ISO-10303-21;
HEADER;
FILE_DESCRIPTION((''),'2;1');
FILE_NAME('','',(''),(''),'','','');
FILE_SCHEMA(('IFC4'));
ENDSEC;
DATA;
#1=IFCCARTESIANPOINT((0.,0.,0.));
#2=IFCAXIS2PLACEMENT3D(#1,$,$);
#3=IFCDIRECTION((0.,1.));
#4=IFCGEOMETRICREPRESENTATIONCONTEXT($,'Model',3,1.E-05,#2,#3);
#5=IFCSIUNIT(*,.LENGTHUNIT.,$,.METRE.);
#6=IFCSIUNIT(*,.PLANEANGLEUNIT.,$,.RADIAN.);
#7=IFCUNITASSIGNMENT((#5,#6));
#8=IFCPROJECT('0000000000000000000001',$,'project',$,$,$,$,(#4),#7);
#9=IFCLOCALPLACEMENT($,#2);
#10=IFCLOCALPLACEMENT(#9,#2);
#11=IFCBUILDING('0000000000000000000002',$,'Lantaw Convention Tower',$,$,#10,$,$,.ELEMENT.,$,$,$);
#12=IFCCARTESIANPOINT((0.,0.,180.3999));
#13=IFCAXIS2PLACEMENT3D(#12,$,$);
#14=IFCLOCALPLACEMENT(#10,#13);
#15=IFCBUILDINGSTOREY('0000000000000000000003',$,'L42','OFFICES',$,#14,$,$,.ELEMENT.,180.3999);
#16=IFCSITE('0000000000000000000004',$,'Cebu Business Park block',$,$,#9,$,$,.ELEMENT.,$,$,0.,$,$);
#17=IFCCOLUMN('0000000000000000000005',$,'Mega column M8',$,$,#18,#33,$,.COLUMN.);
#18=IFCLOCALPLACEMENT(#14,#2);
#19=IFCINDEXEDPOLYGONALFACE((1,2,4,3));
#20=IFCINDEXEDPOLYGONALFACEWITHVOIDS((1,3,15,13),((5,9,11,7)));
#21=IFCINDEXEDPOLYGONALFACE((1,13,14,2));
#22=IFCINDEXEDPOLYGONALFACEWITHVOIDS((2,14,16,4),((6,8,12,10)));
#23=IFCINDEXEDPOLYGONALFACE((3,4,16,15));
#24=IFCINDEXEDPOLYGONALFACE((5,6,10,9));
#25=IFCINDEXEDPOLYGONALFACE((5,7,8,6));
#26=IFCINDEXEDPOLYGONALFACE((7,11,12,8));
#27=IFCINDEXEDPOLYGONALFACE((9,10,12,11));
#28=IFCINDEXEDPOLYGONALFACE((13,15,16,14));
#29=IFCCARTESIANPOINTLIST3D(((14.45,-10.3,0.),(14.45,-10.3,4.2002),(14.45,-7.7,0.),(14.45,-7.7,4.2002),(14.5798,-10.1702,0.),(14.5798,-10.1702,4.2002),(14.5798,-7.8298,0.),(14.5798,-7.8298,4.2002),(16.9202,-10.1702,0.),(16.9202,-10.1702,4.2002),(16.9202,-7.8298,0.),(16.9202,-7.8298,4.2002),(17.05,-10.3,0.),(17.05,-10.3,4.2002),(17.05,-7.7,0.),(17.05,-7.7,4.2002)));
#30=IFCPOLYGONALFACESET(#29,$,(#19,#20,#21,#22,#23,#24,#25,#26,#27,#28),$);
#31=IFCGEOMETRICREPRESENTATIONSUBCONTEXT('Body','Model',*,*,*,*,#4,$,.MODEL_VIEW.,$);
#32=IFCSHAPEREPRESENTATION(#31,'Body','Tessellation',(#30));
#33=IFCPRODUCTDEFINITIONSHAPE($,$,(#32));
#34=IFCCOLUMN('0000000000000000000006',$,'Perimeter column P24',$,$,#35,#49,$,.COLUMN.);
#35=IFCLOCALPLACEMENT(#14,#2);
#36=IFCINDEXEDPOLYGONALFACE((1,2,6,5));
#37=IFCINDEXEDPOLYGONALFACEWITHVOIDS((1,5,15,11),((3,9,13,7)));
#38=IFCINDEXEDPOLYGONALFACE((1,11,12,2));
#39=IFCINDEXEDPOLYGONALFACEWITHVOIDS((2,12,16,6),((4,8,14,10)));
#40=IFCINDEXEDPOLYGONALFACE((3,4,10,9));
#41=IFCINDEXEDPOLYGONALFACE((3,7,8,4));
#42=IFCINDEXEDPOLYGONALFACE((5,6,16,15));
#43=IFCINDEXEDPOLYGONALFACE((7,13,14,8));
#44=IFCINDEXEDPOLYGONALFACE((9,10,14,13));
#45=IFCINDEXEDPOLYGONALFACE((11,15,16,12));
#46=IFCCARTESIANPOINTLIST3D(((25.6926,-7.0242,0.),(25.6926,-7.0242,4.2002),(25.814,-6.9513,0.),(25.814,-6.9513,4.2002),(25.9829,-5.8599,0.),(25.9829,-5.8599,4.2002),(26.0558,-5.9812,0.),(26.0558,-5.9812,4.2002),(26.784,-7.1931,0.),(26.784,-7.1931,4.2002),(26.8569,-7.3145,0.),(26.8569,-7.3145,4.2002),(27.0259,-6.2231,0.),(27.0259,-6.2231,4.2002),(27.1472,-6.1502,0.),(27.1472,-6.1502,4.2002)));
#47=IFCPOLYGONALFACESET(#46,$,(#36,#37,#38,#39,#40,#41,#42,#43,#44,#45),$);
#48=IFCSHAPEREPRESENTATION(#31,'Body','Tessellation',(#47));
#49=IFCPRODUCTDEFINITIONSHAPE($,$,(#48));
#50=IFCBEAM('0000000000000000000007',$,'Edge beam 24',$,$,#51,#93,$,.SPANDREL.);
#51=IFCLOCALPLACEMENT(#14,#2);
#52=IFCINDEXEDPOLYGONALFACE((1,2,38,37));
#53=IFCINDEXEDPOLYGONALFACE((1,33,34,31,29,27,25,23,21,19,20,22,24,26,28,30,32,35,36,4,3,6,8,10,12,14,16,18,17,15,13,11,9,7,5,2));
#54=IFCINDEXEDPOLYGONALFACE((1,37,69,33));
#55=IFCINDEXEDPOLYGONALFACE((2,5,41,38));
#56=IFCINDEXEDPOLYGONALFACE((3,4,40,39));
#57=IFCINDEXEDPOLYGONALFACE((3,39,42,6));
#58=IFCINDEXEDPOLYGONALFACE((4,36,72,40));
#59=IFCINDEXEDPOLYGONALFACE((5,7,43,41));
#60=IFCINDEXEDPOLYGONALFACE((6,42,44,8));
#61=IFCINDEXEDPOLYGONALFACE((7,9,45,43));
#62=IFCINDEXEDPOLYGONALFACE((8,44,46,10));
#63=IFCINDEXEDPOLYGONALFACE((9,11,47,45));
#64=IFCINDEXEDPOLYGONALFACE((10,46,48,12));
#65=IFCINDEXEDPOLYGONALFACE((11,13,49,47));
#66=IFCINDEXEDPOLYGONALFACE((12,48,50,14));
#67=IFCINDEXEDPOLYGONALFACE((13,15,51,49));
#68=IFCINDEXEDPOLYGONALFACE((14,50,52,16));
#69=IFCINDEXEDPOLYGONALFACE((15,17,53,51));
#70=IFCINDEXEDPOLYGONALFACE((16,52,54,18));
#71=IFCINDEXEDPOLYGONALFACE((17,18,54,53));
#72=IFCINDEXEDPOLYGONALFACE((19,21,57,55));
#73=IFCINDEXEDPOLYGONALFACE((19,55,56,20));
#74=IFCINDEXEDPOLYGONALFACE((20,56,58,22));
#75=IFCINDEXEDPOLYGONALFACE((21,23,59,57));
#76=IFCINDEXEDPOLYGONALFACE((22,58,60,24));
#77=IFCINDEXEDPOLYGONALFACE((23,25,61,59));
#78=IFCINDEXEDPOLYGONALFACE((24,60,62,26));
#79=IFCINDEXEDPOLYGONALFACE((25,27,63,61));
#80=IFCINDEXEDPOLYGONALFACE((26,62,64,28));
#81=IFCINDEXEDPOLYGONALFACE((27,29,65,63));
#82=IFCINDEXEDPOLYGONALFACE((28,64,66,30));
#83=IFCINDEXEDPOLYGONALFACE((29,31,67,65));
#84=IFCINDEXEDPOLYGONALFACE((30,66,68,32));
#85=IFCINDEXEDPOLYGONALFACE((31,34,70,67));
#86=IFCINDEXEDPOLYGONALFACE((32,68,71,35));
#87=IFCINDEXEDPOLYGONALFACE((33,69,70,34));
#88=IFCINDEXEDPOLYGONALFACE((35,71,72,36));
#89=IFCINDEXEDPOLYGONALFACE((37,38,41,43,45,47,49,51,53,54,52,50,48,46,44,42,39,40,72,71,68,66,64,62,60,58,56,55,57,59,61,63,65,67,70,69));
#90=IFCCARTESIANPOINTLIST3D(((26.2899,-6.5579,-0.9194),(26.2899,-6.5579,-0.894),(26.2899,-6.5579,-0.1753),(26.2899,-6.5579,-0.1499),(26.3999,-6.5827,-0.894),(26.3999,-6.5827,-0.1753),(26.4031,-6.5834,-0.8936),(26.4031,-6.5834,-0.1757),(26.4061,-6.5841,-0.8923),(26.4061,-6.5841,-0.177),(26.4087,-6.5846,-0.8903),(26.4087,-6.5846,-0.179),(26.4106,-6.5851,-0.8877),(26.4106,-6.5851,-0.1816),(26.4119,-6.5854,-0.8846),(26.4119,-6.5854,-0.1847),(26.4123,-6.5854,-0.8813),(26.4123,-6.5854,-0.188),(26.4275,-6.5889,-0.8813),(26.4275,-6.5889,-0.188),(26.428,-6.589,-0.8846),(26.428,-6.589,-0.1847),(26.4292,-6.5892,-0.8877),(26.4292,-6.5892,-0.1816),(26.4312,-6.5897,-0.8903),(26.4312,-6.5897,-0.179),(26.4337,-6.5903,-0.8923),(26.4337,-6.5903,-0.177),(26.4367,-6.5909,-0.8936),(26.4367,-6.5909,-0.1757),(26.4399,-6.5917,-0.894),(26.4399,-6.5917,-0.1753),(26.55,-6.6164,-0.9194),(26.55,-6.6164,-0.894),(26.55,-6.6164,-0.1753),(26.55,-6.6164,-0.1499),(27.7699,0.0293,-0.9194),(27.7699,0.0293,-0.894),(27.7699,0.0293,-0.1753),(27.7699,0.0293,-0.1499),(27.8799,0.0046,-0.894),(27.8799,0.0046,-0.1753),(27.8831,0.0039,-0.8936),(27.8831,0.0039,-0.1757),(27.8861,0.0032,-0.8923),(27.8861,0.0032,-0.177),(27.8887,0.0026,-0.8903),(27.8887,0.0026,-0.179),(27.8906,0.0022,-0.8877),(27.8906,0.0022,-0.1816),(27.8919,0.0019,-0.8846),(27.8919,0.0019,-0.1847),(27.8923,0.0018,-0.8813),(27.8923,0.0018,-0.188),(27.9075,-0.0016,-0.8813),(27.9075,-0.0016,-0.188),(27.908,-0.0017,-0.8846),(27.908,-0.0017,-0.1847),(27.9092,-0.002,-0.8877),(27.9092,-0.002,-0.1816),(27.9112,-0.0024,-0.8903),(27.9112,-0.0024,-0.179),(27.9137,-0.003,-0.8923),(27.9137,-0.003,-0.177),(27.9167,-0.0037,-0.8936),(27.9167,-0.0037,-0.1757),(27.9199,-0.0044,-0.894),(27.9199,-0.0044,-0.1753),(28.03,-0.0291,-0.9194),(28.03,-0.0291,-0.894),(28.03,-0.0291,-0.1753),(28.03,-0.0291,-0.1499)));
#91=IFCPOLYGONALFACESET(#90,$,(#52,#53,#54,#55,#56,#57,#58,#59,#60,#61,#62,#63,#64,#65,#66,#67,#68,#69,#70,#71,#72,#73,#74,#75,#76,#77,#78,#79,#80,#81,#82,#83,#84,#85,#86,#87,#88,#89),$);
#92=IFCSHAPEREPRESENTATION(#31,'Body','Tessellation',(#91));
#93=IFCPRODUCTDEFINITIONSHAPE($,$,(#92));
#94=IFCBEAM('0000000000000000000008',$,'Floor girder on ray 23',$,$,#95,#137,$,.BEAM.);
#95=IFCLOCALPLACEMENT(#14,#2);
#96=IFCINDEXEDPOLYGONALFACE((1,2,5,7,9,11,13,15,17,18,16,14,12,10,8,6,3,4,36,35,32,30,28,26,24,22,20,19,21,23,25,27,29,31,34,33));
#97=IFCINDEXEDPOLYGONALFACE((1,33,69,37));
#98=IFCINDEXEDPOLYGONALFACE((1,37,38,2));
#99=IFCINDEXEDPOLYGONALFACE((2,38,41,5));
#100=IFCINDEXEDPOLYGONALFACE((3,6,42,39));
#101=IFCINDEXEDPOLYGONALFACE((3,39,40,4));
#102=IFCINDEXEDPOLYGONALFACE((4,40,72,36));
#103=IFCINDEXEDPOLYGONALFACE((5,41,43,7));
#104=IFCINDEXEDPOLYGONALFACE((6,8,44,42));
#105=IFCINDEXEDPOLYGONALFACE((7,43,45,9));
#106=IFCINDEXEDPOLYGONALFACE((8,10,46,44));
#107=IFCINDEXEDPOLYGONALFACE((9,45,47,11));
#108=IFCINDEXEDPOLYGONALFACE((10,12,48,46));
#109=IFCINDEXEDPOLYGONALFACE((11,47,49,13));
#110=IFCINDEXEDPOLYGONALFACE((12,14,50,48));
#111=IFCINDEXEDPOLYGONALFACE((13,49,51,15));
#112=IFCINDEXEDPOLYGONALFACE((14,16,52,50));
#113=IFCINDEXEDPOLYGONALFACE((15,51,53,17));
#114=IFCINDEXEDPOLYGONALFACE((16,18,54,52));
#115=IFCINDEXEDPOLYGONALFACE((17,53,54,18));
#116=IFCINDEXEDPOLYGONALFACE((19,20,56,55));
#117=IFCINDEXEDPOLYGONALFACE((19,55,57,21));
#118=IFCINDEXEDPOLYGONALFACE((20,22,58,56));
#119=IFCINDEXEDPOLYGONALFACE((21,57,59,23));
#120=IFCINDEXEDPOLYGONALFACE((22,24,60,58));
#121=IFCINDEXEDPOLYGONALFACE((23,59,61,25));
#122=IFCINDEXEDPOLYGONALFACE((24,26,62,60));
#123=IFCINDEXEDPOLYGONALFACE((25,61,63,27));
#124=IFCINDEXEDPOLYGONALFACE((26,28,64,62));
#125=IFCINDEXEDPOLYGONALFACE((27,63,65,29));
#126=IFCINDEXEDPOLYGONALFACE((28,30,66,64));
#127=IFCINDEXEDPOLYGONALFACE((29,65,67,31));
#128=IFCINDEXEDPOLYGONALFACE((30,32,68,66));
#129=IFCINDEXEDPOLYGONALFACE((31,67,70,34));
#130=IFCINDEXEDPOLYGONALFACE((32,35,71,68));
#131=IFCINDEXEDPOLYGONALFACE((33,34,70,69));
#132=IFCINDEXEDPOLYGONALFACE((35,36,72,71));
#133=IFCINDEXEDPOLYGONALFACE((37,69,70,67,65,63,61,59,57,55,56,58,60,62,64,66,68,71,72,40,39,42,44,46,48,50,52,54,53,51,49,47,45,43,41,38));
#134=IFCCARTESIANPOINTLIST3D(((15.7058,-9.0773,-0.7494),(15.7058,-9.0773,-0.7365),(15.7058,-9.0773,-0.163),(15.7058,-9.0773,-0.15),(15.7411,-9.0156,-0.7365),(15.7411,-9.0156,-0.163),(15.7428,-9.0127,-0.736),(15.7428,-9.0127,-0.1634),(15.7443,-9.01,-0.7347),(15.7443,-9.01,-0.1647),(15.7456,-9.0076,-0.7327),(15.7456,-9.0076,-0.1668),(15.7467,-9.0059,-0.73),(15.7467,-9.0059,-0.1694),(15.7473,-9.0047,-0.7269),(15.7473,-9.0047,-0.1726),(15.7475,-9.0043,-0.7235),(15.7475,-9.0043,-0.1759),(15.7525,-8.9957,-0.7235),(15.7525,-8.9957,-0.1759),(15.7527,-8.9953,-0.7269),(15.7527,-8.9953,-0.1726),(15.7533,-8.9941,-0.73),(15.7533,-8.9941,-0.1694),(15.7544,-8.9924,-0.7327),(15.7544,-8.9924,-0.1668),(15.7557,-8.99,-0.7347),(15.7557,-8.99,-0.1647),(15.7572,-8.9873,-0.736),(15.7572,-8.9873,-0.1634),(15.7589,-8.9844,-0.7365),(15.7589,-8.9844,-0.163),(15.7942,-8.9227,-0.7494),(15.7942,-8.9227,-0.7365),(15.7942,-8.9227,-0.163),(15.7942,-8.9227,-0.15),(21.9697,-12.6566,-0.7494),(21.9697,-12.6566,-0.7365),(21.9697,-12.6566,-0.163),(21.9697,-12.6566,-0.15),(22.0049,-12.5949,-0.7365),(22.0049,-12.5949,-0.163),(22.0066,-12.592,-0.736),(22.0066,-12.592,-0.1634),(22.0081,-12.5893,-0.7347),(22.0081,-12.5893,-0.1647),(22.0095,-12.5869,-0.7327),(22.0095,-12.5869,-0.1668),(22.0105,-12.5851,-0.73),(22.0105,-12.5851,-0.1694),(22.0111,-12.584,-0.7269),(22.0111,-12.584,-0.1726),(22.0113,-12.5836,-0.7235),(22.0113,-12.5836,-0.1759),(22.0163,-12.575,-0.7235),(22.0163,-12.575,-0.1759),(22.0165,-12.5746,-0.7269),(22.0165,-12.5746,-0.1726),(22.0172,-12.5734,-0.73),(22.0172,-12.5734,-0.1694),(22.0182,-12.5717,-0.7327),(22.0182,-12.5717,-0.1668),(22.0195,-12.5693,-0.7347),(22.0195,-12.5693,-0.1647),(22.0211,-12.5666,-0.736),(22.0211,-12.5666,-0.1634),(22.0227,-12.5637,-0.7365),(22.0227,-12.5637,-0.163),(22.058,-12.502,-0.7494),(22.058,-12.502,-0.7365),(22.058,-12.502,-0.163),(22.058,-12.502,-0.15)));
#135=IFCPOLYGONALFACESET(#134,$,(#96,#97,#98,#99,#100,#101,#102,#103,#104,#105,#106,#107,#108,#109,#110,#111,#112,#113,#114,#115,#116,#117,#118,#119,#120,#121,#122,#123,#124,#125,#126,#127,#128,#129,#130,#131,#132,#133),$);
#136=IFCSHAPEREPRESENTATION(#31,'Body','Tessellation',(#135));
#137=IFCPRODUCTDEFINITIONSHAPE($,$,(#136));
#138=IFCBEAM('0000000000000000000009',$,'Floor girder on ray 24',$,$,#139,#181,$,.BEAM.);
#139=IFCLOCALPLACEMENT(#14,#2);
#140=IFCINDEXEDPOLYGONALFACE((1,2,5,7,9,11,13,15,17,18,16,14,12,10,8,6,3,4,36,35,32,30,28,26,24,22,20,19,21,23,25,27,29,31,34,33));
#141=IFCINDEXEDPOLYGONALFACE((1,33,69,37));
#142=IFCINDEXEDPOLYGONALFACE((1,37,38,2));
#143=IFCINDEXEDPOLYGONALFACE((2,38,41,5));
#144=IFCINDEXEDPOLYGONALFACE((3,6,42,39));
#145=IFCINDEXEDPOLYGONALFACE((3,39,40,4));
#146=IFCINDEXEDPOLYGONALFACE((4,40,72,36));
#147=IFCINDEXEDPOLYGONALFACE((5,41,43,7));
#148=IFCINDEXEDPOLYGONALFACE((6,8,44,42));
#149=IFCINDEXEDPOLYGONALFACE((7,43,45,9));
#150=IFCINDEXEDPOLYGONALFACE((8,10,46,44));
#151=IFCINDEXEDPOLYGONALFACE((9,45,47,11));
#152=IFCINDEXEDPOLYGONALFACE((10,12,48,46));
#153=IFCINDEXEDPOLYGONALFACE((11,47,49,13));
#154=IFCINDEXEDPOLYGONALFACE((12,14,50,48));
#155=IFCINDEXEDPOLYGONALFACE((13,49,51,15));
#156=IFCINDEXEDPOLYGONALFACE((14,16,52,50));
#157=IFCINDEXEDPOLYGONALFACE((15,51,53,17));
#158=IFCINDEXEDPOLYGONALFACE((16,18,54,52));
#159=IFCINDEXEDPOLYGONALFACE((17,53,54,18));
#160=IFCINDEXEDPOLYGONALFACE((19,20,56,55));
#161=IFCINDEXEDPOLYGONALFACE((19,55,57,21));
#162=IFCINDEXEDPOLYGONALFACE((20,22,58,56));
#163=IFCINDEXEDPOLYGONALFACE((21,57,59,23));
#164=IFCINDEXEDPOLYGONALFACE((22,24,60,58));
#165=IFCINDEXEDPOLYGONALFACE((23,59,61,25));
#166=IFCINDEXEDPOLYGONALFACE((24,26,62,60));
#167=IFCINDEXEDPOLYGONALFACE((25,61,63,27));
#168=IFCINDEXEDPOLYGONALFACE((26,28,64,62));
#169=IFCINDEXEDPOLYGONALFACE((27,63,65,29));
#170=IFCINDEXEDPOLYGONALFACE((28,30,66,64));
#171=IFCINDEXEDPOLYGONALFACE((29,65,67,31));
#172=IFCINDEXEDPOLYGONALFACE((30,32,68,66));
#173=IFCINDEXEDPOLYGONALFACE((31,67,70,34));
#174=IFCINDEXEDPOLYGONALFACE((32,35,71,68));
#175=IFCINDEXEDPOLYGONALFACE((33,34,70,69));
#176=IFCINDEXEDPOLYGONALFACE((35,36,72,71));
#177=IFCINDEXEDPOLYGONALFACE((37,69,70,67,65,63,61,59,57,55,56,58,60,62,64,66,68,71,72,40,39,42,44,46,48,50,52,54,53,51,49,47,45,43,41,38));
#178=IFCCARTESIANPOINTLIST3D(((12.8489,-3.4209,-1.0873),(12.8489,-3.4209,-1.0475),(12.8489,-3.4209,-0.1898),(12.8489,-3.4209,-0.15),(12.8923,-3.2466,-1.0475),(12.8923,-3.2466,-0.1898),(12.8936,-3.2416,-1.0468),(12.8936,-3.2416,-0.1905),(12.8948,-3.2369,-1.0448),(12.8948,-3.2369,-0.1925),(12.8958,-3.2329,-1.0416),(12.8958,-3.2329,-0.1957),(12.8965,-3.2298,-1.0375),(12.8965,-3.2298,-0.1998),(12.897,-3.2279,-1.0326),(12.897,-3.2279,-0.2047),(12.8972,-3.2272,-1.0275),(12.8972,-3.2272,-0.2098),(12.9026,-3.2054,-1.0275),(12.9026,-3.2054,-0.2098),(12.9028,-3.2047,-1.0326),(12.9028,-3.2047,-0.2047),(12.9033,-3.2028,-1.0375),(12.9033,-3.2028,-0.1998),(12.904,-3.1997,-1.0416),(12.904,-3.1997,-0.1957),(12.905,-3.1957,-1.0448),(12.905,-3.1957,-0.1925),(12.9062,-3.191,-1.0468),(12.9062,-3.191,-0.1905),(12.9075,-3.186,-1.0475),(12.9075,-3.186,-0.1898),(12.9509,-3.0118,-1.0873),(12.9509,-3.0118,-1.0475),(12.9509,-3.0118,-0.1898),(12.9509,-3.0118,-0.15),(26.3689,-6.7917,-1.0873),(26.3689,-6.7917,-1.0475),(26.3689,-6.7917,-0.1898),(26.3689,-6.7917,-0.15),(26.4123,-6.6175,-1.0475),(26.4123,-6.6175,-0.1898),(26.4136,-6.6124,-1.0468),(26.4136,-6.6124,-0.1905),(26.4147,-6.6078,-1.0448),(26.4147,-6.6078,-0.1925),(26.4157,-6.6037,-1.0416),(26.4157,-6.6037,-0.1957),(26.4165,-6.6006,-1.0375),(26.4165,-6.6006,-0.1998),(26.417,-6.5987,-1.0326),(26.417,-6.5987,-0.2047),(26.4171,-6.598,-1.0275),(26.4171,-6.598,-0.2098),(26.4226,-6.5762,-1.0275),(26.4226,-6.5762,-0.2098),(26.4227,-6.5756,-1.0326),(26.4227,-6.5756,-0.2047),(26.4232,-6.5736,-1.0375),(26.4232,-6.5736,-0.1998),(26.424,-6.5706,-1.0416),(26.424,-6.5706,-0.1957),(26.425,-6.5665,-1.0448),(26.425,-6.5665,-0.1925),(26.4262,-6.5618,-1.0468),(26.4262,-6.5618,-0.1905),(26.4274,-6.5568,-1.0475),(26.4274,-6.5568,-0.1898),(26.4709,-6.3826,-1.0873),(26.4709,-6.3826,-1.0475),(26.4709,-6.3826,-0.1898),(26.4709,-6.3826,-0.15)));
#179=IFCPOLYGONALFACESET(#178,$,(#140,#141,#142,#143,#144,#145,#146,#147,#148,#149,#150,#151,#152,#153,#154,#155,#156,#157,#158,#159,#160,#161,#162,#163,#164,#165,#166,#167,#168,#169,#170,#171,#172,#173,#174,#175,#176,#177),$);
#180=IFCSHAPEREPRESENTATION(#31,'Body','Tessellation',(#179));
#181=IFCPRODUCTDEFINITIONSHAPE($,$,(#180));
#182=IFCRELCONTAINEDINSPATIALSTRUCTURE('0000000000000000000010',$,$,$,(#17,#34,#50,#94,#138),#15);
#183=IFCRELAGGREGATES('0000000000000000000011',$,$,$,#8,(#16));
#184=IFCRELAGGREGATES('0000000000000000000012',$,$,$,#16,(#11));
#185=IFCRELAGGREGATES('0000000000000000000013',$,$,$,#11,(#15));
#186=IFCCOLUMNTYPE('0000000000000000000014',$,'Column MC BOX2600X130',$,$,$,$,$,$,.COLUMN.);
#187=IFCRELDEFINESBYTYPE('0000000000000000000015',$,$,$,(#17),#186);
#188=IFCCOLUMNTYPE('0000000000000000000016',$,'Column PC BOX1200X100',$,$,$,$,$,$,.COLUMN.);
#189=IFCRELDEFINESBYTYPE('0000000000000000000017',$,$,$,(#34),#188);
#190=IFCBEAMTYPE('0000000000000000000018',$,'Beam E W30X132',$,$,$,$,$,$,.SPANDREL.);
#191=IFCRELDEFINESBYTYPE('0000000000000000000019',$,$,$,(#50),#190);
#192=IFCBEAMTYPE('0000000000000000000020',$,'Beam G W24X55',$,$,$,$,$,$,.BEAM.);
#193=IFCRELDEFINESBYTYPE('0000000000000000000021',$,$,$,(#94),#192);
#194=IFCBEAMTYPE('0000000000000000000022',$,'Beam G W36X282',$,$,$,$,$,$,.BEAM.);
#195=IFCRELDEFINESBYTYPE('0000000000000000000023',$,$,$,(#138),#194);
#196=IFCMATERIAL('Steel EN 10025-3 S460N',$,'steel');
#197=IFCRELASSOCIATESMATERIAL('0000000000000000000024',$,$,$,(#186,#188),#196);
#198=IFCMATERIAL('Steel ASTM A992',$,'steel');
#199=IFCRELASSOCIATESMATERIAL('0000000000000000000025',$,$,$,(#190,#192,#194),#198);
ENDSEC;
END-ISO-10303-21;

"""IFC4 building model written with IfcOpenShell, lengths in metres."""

from ifc_helpers import new_model, si_unit, direction, frame, origin, origin_2d, place, context, subcontext, project, spatial, rectangle, hollow_rectangle, i_section, extrude, material, material_profile, profile_set, type_object, element, save


model = new_model("IFC4")

# Units and contexts
model_context = context("Model", 3, precision=1e-05, world=origin(), true_north=direction((0.0, 1.0)))
body_context = subcontext(model_context, "Body", "Model", "MODEL_VIEW")
ifc_project = project(units=[si_unit("LENGTHUNIT", "METRE"), si_unit("PLANEANGLEUNIT", "RADIAN")], contexts=[model_context])

# Site, building, storey
site_placement = place(None, origin())
site = spatial("IfcSite", under=ifc_project, at=site_placement, Name="Cebu Business Park block", CompositionType="ELEMENT", RefElevation=0.0)
building_placement = place(site_placement, origin())
building = spatial("IfcBuilding", under=site, at=building_placement, Name="Lantaw Convention Tower", CompositionType="ELEMENT")
storey_placement = place(building_placement, frame((0.0, 0.0, 180.3999)))
storey = spatial("IfcBuildingStorey", under=building, at=storey_placement, Name="L42", Description="OFFICES", CompositionType="ELEMENT", Elevation=180.3999)

# Columns
ifc_material_1 = material(Name="Steel EN 10025-3 S460N", Category="steel")
ifc_material_profile_1 = material_profile(ifc_material_1, hollow_rectangle(XDim=2.6001, YDim=2.6001, WallThickness=0.1299, at=origin_2d()), Name="BOX2600X130")
ifc_material_2 = material(Name="Concrete C60/75", Category="concrete")
ifc_material_profile_2 = material_profile(ifc_material_2, rectangle(XDim=2.3401, YDim=2.3401, at=origin_2d()), Name="Concrete fill of BOX2600X130")
ifc_profile_set_1 = profile_set([ifc_material_profile_1, ifc_material_profile_2], Name="Steel EN 10025-3 S460N")
column_type_1 = type_object("IfcColumnType", Name="Column MC BOX2600X130", PredefinedType="COLUMN", material=ifc_profile_set_1)
column_1_placement = place(storey_placement, frame((15.75, -9.0, 0.0), z_axis=(0.0, 0.0, 1.0), x_axis=(1.0, 0.0, 0.0)))
element("IfcColumn", 1, at=column_1_placement, inside=storey, type_object=column_type_1, Name="Mega column M8", PredefinedType="COLUMN", context=body_context, shape_type="SweptSolid", body=[
    extrude(hollow_rectangle(XDim=2.6001, YDim=2.6001, WallThickness=0.1299, at=origin_2d()), origin(), (0.0, 0.0, 1.0), 4.2002),
])
ifc_material_profile_3 = material_profile(ifc_material_1, hollow_rectangle(XDim=1.2, YDim=1.2, WallThickness=0.1001, at=origin_2d()), Name="BOX1200X100")
ifc_material_profile_4 = material_profile(ifc_material_2, rectangle(XDim=1.0, YDim=1.0, at=origin_2d()), Name="Concrete fill of BOX1200X100")
ifc_profile_set_2 = profile_set([ifc_material_profile_3, ifc_material_profile_4], Name="Steel EN 10025-3 S460N")
column_type_2 = type_object("IfcColumnType", Name="Column PC BOX1200X100", PredefinedType="COLUMN", material=ifc_profile_set_2)
column_2_placement = place(storey_placement, frame((26.4199, -6.5872, 0.0), z_axis=(0.0, 0.0, 1.0), x_axis=(0.241922, 0.970296, 0.0)))
element("IfcColumn", 2, at=column_2_placement, inside=storey, type_object=column_type_2, Name="Perimeter column P24", PredefinedType="COLUMN", context=body_context, shape_type="SweptSolid", body=[
    extrude(hollow_rectangle(XDim=1.2, YDim=1.2, WallThickness=0.1001, at=origin_2d()), origin(), (0.0, 0.0, 1.0), 4.2002),
])

# Beams
ifc_material_3 = material(Name="Steel ASTM A992", Category="steel")
ifc_material_profile_5 = material_profile(ifc_material_3, i_section(OverallWidth=0.2666, OverallDepth=0.7695, WebThickness=0.0156, FlangeThickness=0.0254, FilletRadius=0.0127, at=origin_2d()), Name="W30X132")
ifc_profile_set_3 = profile_set([ifc_material_profile_5], Name="Steel ASTM A992")
beam_type_1 = type_object("IfcBeamType", Name="Beam E W30X132", PredefinedType="SPANDREL", material=ifc_profile_set_3)
beam_1_placement = place(storey_placement, frame((26.4199, -6.5872, -0.5347), z_axis=(0.219212, 0.975677, 0.0), x_axis=(-0.975677, 0.219212, 0.0)))
element("IfcBeam", 3, at=beam_1_placement, inside=storey, type_object=beam_type_1, Name="Edge beam 24", PredefinedType="SPANDREL", context=body_context, shape_type="SweptSolid", body=[
    extrude(i_section(OverallWidth=0.2666, OverallDepth=0.7695, WebThickness=0.0156, FlangeThickness=0.0254, FilletRadius=0.0127, at=origin_2d()), origin(), (0.0, 0.0, 1.0), 6.7515),
])
ifc_material_profile_6 = material_profile(ifc_material_3, i_section(OverallWidth=0.178, OverallDepth=0.5994, WebThickness=0.01, FlangeThickness=0.0129, FilletRadius=0.0129, at=origin_2d()), Name="W24X55")
ifc_profile_set_4 = profile_set([ifc_material_profile_6], Name="Steel ASTM A992")
beam_type_2 = type_object("IfcBeamType", Name="Beam G W24X55", PredefinedType="BEAM", material=ifc_profile_set_4)
beam_2_placement = place(storey_placement, frame((15.75, -9.0, -0.4497), z_axis=(0.868245, -0.496135, 0.0), x_axis=(0.496135, 0.868245, 0.0)))
element("IfcBeam", 4, at=beam_2_placement, inside=storey, type_object=beam_type_2, Name="Floor girder on ray 23", PredefinedType="BEAM", context=body_context, shape_type="SweptSolid", body=[
    extrude(i_section(OverallWidth=0.178, OverallDepth=0.5994, WebThickness=0.01, FlangeThickness=0.0129, FilletRadius=0.0129, at=origin_2d()), origin(), (0.0, 0.0, 1.0), 7.2144),
])
ifc_material_profile_7 = material_profile(ifc_material_3, i_section(OverallWidth=0.4216, OverallDepth=0.9373, WebThickness=0.0225, FlangeThickness=0.0398, FilletRadius=0.02, at=origin_2d()), Name="W36X282")
ifc_profile_set_5 = profile_set([ifc_material_profile_7], Name="Steel ASTM A992")
beam_type_3 = type_object("IfcBeamType", Name="Beam G W36X282", PredefinedType="BEAM", material=ifc_profile_set_5)
beam_3_placement = place(storey_placement, frame((12.8999, -3.2163, -0.6187), z_axis=(0.970297, -0.241917, 0.0), x_axis=(0.241917, 0.970297, 0.0)))
element("IfcBeam", 5, at=beam_3_placement, inside=storey, type_object=beam_type_3, Name="Floor girder on ray 24", PredefinedType="BEAM", context=body_context, shape_type="SweptSolid", body=[
    extrude(i_section(OverallWidth=0.4216, OverallDepth=0.9373, WebThickness=0.0225, FlangeThickness=0.0398, FilletRadius=0.02, at=origin_2d()), origin(), (0.0, 0.0, 1.0), 13.9338),
])

save(model, "model.ifc")
